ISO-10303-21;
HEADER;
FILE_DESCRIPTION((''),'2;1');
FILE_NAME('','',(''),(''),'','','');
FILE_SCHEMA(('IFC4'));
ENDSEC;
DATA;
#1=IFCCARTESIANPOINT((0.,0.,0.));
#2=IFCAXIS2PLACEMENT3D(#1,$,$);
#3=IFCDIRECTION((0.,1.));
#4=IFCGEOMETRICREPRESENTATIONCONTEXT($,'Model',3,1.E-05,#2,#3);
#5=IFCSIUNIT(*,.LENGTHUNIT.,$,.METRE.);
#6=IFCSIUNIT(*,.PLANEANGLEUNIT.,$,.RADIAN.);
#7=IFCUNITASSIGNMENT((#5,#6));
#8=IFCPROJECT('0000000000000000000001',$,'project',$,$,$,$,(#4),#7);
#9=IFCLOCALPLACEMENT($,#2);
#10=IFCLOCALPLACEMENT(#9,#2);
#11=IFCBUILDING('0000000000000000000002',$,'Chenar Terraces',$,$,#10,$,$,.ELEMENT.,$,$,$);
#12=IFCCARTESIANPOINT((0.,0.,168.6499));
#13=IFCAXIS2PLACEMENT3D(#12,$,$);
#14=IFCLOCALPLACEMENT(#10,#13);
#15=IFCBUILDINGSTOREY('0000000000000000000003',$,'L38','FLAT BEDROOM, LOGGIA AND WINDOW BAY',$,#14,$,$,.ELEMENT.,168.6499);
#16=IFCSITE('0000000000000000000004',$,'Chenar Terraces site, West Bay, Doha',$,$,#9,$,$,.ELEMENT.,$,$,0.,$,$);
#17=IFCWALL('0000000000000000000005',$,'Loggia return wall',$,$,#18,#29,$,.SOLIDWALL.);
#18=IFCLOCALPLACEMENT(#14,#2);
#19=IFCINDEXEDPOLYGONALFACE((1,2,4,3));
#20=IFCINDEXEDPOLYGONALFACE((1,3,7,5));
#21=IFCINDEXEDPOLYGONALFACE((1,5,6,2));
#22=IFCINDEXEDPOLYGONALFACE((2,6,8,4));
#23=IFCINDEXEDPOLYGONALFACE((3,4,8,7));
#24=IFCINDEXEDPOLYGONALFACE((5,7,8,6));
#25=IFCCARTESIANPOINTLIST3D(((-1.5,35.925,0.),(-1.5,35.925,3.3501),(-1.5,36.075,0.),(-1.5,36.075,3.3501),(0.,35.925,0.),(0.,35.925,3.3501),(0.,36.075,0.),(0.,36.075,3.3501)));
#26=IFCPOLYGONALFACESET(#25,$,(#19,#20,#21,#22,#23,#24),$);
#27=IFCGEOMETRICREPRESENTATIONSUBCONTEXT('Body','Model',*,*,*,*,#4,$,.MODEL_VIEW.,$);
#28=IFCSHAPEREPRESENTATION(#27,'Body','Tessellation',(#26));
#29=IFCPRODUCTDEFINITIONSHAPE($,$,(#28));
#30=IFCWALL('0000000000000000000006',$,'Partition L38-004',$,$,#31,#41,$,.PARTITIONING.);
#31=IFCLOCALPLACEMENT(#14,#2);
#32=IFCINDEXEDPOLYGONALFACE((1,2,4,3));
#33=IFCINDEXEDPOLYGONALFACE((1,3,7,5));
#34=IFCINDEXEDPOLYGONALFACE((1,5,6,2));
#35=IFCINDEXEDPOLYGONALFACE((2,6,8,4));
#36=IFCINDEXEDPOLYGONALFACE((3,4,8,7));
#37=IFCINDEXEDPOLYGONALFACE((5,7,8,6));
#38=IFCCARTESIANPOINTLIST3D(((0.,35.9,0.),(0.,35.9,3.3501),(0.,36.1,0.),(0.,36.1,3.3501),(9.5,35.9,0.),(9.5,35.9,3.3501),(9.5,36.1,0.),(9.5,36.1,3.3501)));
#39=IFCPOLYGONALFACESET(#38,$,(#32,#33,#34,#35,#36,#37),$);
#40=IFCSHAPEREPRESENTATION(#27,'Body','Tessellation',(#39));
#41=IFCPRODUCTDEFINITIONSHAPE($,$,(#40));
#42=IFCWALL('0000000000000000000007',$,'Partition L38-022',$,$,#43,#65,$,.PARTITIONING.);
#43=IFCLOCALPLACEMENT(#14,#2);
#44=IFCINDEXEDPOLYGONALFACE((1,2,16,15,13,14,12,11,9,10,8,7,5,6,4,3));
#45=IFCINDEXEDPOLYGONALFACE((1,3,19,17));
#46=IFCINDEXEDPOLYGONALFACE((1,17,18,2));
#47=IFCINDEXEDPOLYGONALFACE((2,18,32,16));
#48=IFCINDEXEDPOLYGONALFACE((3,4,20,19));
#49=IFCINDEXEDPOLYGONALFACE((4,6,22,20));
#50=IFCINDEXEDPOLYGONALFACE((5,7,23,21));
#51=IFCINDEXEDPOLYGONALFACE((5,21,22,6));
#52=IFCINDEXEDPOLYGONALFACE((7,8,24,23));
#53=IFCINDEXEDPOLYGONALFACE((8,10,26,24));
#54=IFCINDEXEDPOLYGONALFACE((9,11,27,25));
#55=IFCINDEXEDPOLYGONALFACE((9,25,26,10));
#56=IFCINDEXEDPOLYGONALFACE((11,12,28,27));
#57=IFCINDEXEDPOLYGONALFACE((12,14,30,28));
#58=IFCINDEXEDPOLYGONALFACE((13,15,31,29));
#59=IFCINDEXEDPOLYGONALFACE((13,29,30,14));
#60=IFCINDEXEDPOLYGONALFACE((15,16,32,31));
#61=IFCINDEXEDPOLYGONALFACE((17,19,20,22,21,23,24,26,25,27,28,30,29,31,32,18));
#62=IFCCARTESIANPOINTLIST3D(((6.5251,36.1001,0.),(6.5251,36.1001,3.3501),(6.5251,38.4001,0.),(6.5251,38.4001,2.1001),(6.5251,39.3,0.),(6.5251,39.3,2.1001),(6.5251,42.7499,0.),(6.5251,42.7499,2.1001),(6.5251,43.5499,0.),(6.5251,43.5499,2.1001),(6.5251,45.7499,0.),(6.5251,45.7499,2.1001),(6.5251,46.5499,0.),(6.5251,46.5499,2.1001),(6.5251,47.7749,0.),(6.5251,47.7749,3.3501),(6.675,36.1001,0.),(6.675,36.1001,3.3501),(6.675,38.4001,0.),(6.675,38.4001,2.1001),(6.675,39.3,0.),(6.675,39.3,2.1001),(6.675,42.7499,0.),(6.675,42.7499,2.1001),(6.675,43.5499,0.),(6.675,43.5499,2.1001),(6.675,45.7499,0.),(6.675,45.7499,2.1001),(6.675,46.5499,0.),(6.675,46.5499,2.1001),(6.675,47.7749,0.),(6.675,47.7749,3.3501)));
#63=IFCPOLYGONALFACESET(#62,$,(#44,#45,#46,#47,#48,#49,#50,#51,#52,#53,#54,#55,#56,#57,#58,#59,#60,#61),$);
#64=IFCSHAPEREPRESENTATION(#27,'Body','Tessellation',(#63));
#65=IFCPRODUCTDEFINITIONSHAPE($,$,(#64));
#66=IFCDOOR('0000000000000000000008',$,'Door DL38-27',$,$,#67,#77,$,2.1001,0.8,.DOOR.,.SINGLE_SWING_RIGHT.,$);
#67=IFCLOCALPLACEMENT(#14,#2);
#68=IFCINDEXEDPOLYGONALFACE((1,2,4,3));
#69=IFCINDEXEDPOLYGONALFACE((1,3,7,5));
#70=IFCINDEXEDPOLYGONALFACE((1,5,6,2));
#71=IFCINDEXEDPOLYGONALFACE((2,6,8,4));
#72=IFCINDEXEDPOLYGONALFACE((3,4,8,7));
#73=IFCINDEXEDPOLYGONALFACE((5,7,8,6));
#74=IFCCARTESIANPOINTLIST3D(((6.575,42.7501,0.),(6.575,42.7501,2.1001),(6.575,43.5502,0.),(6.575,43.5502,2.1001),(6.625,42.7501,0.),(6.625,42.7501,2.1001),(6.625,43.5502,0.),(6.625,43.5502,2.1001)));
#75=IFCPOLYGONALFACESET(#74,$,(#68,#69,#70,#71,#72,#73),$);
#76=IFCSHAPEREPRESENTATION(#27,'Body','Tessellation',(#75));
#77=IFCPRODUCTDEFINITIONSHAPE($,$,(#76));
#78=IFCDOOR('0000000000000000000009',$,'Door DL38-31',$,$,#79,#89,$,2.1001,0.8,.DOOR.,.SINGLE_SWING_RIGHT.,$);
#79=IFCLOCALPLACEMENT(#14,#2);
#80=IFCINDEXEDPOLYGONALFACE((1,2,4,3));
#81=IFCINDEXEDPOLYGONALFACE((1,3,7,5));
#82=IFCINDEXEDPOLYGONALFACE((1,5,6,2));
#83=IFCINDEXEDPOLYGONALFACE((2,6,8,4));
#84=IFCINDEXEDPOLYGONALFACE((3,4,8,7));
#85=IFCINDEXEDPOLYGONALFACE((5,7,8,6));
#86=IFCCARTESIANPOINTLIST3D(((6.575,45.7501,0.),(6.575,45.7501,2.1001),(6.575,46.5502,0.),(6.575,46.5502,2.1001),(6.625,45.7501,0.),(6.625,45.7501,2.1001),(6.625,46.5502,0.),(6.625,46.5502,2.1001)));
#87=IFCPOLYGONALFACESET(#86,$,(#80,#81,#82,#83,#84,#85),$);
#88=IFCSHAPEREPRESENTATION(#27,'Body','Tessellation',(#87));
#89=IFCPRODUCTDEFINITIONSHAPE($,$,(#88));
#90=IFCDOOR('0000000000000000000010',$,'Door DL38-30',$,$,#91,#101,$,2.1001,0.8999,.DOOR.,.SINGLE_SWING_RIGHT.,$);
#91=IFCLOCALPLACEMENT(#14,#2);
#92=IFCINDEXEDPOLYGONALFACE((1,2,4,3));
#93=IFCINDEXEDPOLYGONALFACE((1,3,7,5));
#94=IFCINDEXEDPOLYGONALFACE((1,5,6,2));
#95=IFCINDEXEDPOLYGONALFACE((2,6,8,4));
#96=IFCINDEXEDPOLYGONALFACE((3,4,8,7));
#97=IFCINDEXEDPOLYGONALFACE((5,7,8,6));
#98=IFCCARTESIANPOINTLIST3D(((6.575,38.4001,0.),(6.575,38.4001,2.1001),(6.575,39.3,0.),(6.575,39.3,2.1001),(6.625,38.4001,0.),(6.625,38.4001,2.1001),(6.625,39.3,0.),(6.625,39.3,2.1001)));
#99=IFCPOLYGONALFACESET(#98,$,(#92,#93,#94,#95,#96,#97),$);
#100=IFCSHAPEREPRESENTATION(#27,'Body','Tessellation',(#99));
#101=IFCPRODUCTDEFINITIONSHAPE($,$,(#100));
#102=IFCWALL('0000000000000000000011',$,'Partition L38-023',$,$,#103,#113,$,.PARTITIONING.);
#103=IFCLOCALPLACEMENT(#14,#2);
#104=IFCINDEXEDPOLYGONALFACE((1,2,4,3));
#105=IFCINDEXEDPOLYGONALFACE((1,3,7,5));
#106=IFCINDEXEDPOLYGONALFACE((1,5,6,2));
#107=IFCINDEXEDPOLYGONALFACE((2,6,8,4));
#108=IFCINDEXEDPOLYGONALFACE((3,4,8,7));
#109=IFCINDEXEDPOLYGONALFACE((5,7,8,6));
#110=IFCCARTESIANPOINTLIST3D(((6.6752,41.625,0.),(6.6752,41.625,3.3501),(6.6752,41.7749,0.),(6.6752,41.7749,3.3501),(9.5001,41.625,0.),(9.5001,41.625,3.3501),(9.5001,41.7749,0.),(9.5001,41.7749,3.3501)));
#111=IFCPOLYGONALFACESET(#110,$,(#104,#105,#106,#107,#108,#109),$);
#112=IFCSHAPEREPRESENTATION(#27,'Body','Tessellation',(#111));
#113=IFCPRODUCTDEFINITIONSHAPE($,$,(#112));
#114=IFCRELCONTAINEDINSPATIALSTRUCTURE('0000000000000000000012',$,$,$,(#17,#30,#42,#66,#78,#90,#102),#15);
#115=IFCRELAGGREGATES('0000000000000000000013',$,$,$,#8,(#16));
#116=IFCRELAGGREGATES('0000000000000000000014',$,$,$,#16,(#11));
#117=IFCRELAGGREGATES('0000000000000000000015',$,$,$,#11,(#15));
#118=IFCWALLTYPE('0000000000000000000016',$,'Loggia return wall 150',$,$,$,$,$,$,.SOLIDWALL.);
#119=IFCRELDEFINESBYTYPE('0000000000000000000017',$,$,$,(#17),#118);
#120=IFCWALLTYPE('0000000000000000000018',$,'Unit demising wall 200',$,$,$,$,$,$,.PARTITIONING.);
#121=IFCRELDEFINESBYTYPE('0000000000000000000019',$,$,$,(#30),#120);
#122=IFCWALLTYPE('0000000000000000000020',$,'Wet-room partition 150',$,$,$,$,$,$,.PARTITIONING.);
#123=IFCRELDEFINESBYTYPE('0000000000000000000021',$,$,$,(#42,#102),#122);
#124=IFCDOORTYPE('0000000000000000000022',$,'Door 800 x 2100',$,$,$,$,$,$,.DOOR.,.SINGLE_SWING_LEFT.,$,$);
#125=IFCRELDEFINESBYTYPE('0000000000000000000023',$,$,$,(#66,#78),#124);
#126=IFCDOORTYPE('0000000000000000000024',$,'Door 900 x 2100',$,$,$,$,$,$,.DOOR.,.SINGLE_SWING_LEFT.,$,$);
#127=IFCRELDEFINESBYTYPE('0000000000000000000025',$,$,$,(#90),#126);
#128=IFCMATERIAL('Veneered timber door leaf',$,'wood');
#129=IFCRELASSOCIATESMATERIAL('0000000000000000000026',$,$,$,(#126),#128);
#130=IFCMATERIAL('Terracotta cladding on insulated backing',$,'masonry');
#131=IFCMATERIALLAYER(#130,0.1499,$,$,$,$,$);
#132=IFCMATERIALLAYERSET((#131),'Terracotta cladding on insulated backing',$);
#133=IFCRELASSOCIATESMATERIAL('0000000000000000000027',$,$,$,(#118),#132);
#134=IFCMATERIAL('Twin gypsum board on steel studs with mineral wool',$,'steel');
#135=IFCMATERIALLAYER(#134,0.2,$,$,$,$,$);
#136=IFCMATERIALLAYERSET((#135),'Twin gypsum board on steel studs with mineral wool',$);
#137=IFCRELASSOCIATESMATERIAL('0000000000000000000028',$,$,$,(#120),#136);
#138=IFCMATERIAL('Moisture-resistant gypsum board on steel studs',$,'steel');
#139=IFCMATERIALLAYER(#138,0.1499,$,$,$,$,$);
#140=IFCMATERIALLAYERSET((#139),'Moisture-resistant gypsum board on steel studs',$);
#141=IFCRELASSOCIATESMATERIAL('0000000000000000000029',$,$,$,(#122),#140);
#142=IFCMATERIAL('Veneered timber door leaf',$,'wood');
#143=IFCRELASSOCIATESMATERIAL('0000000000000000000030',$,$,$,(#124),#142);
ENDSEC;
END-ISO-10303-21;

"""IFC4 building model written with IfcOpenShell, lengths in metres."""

from ifc_helpers import new_model, si_unit, direction, frame, frame_2d, origin, place, context, subcontext, project, spatial, rectangle, extrude, material, layer, layer_set, type_object, element, fill, save


model = new_model("IFC4")

# Units and contexts
model_context = context("Model", 3, precision=1e-05, world=origin(), true_north=direction((0.0, 1.0)))
body_context = subcontext(model_context, "Body", "Model", "MODEL_VIEW")
ifc_project = project(units=[si_unit("LENGTHUNIT", "METRE"), si_unit("PLANEANGLEUNIT", "RADIAN")], contexts=[model_context])

# Site, building, storey
site_placement = place(None, origin())
site = spatial("IfcSite", under=ifc_project, at=site_placement, Name="Chenar Terraces site, West Bay, Doha", CompositionType="ELEMENT", RefElevation=0.0)
building_placement = place(site_placement, origin())
building = spatial("IfcBuilding", under=site, at=building_placement, Name="Chenar Terraces", CompositionType="ELEMENT")
storey_placement = place(building_placement, frame((0.0, 0.0, 168.6499)))
storey = spatial("IfcBuildingStorey", under=building, at=storey_placement, Name="L38", Description="FLAT BEDROOM, LOGGIA AND WINDOW BAY", CompositionType="ELEMENT", Elevation=168.6499)

# Shared definitions
placement = place(storey_placement, frame((0.0, 36.0, 0.0), z_axis=(0.0, 0.0, 1.0), x_axis=(1.0, 0.0, 0.0)))

# Shared definitions
ifc_material_1 = material(Name="Veneered timber door leaf", Category="wood")
door_type_1 = type_object("IfcDoorType", Name="Door 900 x 2100", OperationType="SINGLE_SWING_LEFT", PredefinedType="DOOR", material=ifc_material_1)

# Walls
ifc_material_2 = material(Name="Terracotta cladding on insulated backing", Category="masonry")
ifc_layer_1 = layer(ifc_material_2, 0.1499)
ifc_layer_set_1 = layer_set([ifc_layer_1], Name="Terracotta cladding on insulated backing")
wall_type_1 = type_object("IfcWallType", Name="Loggia return wall 150", PredefinedType="SOLIDWALL", material=ifc_layer_set_1)
wall_1_placement = place(storey_placement, frame((-1.5, 36.0, 0.0), z_axis=(0.0, 0.0, 1.0), x_axis=(1.0, 0.0, 0.0)))
element("IfcWall", 1, at=wall_1_placement, inside=storey, type_object=wall_type_1, Name="Loggia return wall", PredefinedType="SOLIDWALL", context=body_context, shape_type="SweptSolid", body=[
    extrude(rectangle(XDim=1.5, YDim=0.1499, at=frame_2d((0.75, 0.0))), origin(), (0.0, 0.0, 1.0), 3.3501),
])
ifc_material_3 = material(Name="Twin gypsum board on steel studs with mineral wool", Category="steel")
ifc_layer_2 = layer(ifc_material_3, 0.2)
ifc_layer_set_2 = layer_set([ifc_layer_2], Name="Twin gypsum board on steel studs with mineral wool")
wall_type_2 = type_object("IfcWallType", Name="Unit demising wall 200", PredefinedType="PARTITIONING", material=ifc_layer_set_2)
element("IfcWall", 2, at=placement, inside=storey, type_object=wall_type_2, Name="Partition L38-004", PredefinedType="PARTITIONING", context=body_context, shape_type="SweptSolid", body=[
    extrude(rectangle(XDim=9.5, YDim=0.2, at=frame_2d((4.75, 0.0))), origin(), (0.0, 0.0, 1.0), 3.3501),
])

# Wall, openings, doors
ifc_material_4 = material(Name="Moisture-resistant gypsum board on steel studs", Category="steel")
ifc_layer_3 = layer(ifc_material_4, 0.1499)
ifc_layer_set_3 = layer_set([ifc_layer_3], Name="Moisture-resistant gypsum board on steel studs")
wall_type_3 = type_object("IfcWallType", Name="Wet-room partition 150", PredefinedType="PARTITIONING", material=ifc_layer_set_3)
wall_2_placement = place(storey_placement, frame((6.6001, 36.1001, 0.0), z_axis=(0.0, 0.0, 1.0), x_axis=(0.0, 1.0, 0.0)))
wall_2 = element("IfcWall", 3, at=wall_2_placement, inside=storey, type_object=wall_type_3, Name="Partition L38-022", PredefinedType="PARTITIONING", context=body_context, shape_type="SweptSolid", body=[
    extrude(rectangle(XDim=11.6748, YDim=0.1499, at=frame_2d((5.8374, 0.0))), origin(), (0.0, 0.0, 1.0), 3.3501),
])
opening_1_placement = place(wall_2_placement, frame((6.6499, 0.0, 0.0)))
opening_1 = element("IfcOpeningElement", 4, at=opening_1_placement, cuts=wall_2, PredefinedType="OPENING", context=body_context, shape_type="SweptSolid", body=[
    extrude(rectangle(XDim=0.8, YDim=2.1001, at=frame_2d((0.3999, 1.05))), frame((0.0, 0.085, 0.0), z_axis=(0.0, -1.0, 0.0), x_axis=(1.0, 0.0, 0.0)), (0.0, 0.0, 1.0), 0.1699),
])
opening_2_placement = place(wall_2_placement, frame((2.3, 0.0, 0.0)))
opening_2 = element("IfcOpeningElement", 5, at=opening_2_placement, cuts=wall_2, PredefinedType="OPENING", context=body_context, shape_type="SweptSolid", body=[
    extrude(rectangle(XDim=0.8999, YDim=2.1001, at=frame_2d((0.45, 1.05))), frame((0.0, 0.085, 0.0), z_axis=(0.0, -1.0, 0.0), x_axis=(1.0, 0.0, 0.0)), (0.0, 0.0, 1.0), 0.1699),
])
opening_3_placement = place(wall_2_placement, frame((9.6499, 0.0, 0.0)))
opening_3 = element("IfcOpeningElement", 6, at=opening_3_placement, cuts=wall_2, PredefinedType="OPENING", context=body_context, shape_type="SweptSolid", body=[
    extrude(rectangle(XDim=0.8, YDim=2.1001, at=frame_2d((0.3999, 1.05))), frame((0.0, 0.085, 0.0), z_axis=(0.0, -1.0, 0.0), x_axis=(1.0, 0.0, 0.0)), (0.0, 0.0, 1.0), 0.1699),
])
ifc_material_5 = material(Name="Veneered timber door leaf", Category="wood")
door_type_2 = type_object("IfcDoorType", Name="Door 800 x 2100", OperationType="SINGLE_SWING_LEFT", PredefinedType="DOOR", material=ifc_material_5)
door_1_placement = place(opening_1_placement, frame((0.8, 0.0, 0.0), z_axis=(0.0, 0.0, 1.0), x_axis=(-1.0, 0.0, 0.0)))
door_1 = element("IfcDoor", 7, at=door_1_placement, inside=storey, type_object=door_type_2, Name="Door DL38-27", OperationType="SINGLE_SWING_RIGHT", OverallHeight=2.1001, OverallWidth=0.8, PredefinedType="DOOR", context=body_context, shape_type="SweptSolid", body=[
    extrude(rectangle(XDim=0.8, YDim=2.1001, at=frame_2d((0.3999, 1.05))), frame((0.0, 0.0249, 0.0), z_axis=(0.0, -1.0, 0.0), x_axis=(1.0, 0.0, 0.0)), (0.0, 0.0, 1.0), 0.05),
])
fill(opening_1, door_1)
door_2_placement = place(opening_3_placement, frame((0.8, 0.0, 0.0), z_axis=(0.0, 0.0, 1.0), x_axis=(-1.0, 0.0, 0.0)))
door_2 = element("IfcDoor", 8, at=door_2_placement, inside=storey, type_object=door_type_2, Name="Door DL38-31", OperationType="SINGLE_SWING_RIGHT", OverallHeight=2.1001, OverallWidth=0.8, PredefinedType="DOOR", context=body_context, shape_type="SweptSolid", body=[
    extrude(rectangle(XDim=0.8, YDim=2.1001, at=frame_2d((0.3999, 1.05))), frame((0.0, 0.0249, 0.0), z_axis=(0.0, -1.0, 0.0), x_axis=(1.0, 0.0, 0.0)), (0.0, 0.0, 1.0), 0.05),
])
fill(opening_3, door_2)
door_3_placement = place(opening_2_placement, frame((0.8999, 0.0, 0.0), z_axis=(0.0, 0.0, 1.0), x_axis=(-1.0, 0.0, 0.0)))
door_3 = element("IfcDoor", 9, at=door_3_placement, inside=storey, type_object=door_type_1, Name="Door DL38-30", OperationType="SINGLE_SWING_RIGHT", OverallHeight=2.1001, OverallWidth=0.8999, PredefinedType="DOOR", context=body_context, shape_type="SweptSolid", body=[
    extrude(rectangle(XDim=0.8999, YDim=2.1001, at=frame_2d((0.45, 1.05))), frame((0.0, 0.0249, 0.0), z_axis=(0.0, -1.0, 0.0), x_axis=(1.0, 0.0, 0.0)), (0.0, 0.0, 1.0), 0.05),
])
fill(opening_2, door_3)

# Wall
wall_3_placement = place(storey_placement, frame((6.675, 41.7, 0.0), z_axis=(0.0, 0.0, 1.0), x_axis=(1.0, 0.0, 0.0)))
element("IfcWall", 10, at=wall_3_placement, inside=storey, type_object=wall_type_3, Name="Partition L38-023", PredefinedType="PARTITIONING", context=body_context, shape_type="SweptSolid", body=[
    extrude(rectangle(XDim=2.825, YDim=0.1499, at=frame_2d((1.4126, 0.0))), origin(), (0.0, 0.0, 1.0), 3.3501),
])

save(model, "model.ifc")
